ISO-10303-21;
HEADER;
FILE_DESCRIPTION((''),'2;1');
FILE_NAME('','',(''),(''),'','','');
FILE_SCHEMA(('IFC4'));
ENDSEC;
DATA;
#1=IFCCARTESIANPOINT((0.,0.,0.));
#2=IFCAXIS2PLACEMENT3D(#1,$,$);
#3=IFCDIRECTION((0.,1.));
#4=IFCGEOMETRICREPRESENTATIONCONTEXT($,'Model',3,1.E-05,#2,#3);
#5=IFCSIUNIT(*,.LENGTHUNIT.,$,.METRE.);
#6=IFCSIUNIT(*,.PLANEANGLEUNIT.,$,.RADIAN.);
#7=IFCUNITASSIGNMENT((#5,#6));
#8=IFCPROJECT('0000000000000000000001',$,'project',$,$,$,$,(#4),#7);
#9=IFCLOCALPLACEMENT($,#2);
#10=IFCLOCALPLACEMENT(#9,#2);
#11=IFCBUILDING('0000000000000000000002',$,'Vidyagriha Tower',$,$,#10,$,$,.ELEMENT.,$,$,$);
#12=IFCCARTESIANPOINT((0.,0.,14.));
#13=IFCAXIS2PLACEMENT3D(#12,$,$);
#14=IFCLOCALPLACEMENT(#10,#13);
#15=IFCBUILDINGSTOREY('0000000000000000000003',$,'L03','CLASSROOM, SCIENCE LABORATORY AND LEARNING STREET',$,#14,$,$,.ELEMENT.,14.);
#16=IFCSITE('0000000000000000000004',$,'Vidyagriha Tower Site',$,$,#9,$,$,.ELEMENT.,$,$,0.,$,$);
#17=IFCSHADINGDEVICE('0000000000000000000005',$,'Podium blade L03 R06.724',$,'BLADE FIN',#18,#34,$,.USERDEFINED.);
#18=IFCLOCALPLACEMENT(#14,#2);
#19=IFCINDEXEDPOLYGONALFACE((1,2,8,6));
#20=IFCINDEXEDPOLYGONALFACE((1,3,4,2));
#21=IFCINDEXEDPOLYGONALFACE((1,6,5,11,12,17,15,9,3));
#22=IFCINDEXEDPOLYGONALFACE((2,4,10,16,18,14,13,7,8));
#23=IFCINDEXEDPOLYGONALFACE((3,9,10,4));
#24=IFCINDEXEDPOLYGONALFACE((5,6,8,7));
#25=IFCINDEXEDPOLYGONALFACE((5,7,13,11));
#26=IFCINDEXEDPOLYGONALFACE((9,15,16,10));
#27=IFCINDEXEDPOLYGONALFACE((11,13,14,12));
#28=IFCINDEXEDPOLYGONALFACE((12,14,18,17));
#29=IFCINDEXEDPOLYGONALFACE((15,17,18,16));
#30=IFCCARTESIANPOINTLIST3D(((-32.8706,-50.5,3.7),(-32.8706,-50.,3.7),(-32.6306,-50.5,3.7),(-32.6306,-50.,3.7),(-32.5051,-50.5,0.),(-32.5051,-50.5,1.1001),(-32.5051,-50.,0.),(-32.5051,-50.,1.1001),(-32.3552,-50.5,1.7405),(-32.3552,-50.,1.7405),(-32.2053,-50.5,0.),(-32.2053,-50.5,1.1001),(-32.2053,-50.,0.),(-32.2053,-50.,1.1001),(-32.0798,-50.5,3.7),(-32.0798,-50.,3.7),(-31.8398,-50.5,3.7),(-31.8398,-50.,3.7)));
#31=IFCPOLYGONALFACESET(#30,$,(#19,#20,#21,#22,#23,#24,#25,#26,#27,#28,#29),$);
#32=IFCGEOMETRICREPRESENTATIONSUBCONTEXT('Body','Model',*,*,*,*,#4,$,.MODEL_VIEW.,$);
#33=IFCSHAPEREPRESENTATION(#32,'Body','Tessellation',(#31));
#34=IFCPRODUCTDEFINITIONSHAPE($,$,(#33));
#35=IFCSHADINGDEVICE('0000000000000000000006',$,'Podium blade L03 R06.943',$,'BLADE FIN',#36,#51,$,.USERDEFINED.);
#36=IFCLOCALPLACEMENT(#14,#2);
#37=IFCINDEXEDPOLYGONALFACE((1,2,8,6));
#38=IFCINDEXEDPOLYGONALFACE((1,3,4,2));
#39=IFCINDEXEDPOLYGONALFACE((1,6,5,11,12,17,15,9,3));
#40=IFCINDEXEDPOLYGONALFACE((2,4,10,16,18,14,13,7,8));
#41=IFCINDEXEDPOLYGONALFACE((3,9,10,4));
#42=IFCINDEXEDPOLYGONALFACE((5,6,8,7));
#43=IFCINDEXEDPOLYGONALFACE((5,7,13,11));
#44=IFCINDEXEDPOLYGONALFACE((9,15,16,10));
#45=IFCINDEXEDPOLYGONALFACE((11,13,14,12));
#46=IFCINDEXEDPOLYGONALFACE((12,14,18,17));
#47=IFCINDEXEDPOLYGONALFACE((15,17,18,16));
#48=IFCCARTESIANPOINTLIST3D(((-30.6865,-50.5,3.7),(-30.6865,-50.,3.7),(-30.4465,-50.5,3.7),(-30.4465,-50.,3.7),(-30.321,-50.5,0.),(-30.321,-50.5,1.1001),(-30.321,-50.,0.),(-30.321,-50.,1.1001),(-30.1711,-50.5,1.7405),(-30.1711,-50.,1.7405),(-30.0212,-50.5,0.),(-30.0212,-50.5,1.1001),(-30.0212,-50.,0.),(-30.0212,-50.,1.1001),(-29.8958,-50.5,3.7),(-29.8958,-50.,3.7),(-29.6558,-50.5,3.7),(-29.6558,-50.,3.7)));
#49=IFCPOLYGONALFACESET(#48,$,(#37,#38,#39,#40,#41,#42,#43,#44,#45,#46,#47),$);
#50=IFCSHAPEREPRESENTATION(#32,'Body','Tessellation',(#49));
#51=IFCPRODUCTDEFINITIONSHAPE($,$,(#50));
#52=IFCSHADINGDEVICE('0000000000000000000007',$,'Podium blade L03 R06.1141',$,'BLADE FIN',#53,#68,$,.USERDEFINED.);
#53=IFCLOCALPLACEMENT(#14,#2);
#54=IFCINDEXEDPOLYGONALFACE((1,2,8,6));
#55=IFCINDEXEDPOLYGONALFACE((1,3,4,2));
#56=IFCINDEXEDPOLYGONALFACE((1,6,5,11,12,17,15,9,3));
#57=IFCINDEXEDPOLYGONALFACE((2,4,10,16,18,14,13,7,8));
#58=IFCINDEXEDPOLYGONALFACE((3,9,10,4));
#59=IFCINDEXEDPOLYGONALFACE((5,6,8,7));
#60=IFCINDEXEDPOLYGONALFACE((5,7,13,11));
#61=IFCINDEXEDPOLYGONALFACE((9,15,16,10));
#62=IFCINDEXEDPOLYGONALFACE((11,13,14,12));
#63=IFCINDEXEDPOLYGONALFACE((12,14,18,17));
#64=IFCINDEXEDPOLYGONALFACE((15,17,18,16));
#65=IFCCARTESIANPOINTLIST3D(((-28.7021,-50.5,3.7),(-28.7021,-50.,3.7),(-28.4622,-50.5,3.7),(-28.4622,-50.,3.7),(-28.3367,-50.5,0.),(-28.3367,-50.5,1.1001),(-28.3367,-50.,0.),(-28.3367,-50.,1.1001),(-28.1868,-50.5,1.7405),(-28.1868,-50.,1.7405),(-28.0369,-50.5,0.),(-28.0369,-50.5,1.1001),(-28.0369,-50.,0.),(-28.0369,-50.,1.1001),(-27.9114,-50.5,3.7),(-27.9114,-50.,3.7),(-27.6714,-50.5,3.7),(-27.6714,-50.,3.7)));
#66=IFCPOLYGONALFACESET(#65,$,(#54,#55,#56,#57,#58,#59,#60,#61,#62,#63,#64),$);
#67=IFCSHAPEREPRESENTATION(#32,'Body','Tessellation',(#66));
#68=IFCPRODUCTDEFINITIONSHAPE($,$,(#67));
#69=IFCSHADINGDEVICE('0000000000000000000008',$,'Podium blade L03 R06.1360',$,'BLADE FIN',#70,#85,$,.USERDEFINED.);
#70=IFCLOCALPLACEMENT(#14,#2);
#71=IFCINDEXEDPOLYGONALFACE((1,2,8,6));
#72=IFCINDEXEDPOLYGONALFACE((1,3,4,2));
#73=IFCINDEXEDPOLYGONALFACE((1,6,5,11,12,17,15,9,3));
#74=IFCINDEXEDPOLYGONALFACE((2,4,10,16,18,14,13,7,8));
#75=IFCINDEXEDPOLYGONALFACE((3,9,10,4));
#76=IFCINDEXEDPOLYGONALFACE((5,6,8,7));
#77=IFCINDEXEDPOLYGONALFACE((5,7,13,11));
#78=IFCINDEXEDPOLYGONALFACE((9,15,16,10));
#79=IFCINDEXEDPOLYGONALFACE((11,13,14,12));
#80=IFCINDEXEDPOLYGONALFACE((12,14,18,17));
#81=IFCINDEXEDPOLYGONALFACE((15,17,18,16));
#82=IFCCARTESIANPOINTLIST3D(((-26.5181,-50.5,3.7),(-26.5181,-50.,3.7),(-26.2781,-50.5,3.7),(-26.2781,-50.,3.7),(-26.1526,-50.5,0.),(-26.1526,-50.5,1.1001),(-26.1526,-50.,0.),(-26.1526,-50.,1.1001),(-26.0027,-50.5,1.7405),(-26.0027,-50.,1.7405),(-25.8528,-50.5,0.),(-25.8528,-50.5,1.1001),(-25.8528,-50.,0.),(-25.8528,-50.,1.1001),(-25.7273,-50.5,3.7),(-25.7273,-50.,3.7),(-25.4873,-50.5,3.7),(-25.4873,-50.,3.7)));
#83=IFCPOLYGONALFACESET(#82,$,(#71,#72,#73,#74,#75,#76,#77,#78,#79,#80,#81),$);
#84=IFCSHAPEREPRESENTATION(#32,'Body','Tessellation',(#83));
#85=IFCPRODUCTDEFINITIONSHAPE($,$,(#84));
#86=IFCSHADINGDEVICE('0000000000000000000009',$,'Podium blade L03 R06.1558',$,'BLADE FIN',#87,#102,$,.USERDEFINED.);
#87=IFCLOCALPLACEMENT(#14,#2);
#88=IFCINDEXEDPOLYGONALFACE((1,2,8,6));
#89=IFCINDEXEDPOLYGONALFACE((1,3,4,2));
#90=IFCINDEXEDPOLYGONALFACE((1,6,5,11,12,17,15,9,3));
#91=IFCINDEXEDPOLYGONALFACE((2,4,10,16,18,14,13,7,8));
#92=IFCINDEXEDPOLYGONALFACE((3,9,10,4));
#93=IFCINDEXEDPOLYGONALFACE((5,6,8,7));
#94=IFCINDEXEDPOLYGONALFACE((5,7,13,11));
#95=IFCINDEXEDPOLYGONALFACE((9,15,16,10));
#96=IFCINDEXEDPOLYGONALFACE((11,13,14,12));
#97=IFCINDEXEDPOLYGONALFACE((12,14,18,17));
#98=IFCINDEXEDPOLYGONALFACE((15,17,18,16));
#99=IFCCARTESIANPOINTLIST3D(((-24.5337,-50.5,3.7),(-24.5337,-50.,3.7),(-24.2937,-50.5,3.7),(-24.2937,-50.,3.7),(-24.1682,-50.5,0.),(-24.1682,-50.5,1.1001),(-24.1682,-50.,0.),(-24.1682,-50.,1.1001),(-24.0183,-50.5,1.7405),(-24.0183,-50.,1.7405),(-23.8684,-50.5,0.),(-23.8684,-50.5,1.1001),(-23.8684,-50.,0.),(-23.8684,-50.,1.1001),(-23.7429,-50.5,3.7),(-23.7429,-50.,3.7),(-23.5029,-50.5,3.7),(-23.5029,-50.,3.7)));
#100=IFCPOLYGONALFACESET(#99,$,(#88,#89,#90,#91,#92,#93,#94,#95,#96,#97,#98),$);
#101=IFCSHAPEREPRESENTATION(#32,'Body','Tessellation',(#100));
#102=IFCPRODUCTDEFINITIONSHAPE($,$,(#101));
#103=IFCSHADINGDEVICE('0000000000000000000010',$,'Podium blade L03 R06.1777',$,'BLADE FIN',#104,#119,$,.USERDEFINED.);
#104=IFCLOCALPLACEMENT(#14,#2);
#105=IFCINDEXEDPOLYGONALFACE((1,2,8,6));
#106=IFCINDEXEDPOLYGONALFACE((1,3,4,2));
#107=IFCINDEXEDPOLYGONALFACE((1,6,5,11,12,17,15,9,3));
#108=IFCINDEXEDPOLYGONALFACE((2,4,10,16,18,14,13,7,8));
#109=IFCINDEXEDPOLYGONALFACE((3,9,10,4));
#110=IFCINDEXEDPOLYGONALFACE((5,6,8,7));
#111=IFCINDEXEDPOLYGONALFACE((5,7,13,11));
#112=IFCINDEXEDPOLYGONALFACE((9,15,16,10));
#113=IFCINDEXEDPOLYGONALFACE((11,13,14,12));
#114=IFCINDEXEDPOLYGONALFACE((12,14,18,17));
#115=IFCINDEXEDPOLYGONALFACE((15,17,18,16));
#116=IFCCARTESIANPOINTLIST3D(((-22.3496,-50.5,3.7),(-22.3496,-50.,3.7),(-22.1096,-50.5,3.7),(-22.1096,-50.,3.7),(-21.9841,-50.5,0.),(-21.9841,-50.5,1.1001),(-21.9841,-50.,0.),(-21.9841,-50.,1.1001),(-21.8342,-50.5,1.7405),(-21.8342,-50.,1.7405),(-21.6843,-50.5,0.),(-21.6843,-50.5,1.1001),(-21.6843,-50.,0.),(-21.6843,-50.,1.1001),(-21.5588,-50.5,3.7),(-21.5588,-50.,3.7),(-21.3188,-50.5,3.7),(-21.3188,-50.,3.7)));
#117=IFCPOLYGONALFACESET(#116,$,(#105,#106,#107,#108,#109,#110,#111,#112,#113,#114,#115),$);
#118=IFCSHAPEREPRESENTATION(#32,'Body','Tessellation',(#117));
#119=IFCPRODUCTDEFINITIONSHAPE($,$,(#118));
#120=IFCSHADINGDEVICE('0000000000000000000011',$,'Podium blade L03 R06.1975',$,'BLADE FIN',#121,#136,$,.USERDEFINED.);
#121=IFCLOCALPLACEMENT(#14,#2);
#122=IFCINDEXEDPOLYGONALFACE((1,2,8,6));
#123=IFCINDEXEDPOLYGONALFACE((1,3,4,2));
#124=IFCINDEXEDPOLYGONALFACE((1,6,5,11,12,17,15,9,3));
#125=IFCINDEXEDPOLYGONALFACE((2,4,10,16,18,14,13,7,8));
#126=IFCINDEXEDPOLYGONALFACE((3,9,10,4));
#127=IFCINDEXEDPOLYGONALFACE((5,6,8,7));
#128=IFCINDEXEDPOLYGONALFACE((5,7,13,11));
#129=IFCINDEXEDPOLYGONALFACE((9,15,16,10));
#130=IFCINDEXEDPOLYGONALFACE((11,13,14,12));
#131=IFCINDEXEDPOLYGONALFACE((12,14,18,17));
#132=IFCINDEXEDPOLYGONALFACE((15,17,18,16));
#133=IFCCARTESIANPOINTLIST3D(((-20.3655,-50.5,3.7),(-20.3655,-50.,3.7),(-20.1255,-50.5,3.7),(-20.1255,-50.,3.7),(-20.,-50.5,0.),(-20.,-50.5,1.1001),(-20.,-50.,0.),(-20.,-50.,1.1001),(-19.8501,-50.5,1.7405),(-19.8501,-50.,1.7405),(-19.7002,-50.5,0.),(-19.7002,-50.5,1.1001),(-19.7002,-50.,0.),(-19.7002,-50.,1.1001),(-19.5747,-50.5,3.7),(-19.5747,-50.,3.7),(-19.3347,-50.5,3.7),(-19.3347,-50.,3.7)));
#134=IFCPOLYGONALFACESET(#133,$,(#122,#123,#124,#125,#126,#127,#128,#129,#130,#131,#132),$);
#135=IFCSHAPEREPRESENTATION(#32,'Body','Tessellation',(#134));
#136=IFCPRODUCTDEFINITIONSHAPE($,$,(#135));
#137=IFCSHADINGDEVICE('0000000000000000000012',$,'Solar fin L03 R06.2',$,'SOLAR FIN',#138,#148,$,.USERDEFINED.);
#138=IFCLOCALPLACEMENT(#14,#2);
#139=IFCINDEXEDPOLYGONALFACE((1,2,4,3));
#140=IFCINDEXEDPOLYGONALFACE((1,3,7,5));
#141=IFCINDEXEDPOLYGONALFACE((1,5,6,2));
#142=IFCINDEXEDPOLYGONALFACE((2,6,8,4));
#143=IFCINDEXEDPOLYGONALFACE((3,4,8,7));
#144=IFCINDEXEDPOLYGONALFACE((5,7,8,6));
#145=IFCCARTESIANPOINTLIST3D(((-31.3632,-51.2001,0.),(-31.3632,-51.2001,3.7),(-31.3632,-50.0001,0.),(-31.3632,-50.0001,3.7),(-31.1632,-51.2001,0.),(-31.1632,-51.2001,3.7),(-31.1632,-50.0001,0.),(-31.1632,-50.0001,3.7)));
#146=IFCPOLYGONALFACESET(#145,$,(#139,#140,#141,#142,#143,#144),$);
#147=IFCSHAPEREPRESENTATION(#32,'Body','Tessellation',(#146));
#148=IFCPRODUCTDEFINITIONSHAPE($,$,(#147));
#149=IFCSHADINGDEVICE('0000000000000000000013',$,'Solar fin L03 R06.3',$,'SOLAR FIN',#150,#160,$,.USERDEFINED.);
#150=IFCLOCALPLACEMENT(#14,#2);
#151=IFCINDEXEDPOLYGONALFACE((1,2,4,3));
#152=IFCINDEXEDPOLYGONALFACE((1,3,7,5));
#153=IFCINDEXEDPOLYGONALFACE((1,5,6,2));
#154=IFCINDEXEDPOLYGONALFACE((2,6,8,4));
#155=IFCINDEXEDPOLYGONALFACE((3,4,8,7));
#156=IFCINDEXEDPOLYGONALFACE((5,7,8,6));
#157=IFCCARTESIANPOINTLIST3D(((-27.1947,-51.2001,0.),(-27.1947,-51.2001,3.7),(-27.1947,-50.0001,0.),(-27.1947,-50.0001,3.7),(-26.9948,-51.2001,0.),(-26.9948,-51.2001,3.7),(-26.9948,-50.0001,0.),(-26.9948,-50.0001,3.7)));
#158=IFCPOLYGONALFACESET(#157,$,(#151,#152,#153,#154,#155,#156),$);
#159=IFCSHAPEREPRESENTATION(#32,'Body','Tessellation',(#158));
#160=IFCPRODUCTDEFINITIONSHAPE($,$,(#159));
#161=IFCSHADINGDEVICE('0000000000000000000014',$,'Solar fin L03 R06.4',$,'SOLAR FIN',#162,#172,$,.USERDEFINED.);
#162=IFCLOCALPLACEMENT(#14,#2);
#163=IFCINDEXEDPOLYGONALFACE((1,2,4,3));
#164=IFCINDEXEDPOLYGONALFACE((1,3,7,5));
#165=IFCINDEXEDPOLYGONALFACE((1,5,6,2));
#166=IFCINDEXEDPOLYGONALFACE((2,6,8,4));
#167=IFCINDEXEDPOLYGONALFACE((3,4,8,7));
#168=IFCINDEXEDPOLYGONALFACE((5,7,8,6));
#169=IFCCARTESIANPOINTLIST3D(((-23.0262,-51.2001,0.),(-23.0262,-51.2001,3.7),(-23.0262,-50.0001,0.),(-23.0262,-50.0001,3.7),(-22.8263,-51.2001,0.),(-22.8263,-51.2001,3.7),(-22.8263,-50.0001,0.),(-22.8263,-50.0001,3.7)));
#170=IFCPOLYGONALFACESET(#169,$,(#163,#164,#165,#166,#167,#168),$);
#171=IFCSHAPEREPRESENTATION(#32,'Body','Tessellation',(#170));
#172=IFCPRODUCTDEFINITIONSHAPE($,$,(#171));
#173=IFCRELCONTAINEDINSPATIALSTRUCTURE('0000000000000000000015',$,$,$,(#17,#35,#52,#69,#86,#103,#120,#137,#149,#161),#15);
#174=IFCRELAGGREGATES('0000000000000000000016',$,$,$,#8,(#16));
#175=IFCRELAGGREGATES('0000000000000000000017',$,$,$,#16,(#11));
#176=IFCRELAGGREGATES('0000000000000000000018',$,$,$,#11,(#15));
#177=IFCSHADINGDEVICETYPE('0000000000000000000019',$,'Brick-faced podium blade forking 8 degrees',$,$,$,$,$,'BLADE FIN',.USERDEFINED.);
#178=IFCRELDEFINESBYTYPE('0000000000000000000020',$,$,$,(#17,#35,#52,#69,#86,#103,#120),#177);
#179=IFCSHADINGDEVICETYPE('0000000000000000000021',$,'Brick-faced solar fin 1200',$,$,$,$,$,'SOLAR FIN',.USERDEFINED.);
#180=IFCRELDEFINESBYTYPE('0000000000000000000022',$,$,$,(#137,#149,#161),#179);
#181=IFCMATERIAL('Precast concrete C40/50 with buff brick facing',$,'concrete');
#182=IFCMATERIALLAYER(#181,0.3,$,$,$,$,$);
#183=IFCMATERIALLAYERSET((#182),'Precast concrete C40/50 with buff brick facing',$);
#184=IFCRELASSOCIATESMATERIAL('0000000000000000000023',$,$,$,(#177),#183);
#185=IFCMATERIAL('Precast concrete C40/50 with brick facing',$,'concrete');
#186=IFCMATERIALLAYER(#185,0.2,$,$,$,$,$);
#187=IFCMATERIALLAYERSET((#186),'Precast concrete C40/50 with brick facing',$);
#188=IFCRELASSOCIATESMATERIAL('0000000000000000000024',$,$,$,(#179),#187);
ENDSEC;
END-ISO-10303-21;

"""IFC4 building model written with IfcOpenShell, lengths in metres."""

from ifc_helpers import new_model, si_unit, direction, frame, frame_2d, origin, place, context, subcontext, project, spatial, polyline, rectangle, outline, extrude, material, layer, layer_set, type_object, element, save


model = new_model("IFC4")

# Units and contexts
model_context = context("Model", 3, precision=1e-05, world=origin(), true_north=direction((0.0, 1.0)))
body_context = subcontext(model_context, "Body", "Model", "MODEL_VIEW")
ifc_project = project(units=[si_unit("LENGTHUNIT", "METRE"), si_unit("PLANEANGLEUNIT", "RADIAN")], contexts=[model_context])

# Site, building, storey
site_placement = place(None, origin())
site = spatial("IfcSite", under=ifc_project, at=site_placement, Name="Vidyagriha Tower Site", CompositionType="ELEMENT", RefElevation=0.0)
building_placement = place(site_placement, origin())
building = spatial("IfcBuilding", under=site, at=building_placement, Name="Vidyagriha Tower", CompositionType="ELEMENT")
storey_placement = place(building_placement, frame((0.0, 0.0, 14.0)))
storey = spatial("IfcBuildingStorey", under=building, at=storey_placement, Name="L03", Description="CLASSROOM, SCIENCE LABORATORY AND LEARNING STREET", CompositionType="ELEMENT", Elevation=14.0)

# Shading devices
ifc_material_1 = material(Name="Precast concrete C40/50 with buff brick facing", Category="concrete")
ifc_layer_1 = layer(ifc_material_1, 0.3)
ifc_layer_set_1 = layer_set([ifc_layer_1], Name="Precast concrete C40/50 with buff brick facing")
shading_device_type_1 = type_object("IfcShadingDeviceType", Name="Brick-faced podium blade forking 8 degrees", ElementType="BLADE FIN", PredefinedType="USERDEFINED", material=ifc_layer_set_1)
for number, where, name in (
    (1, (-32.8706, -50.25, 0.0), "Podium blade L03 R06.724"),
    (2, (-30.6865, -50.25, 0.0), "Podium blade L03 R06.943"),
    (3, (-28.7021, -50.25, 0.0), "Podium blade L03 R06.1141"),
    (4, (-26.5181, -50.25, 0.0), "Podium blade L03 R06.1360"),
    (5, (-24.5337, -50.25, 0.0), "Podium blade L03 R06.1558"),
    (6, (-22.3496, -50.25, 0.0), "Podium blade L03 R06.1777"),
    (7, (-20.3655, -50.25, 0.0), "Podium blade L03 R06.1975"),
):
    element("IfcShadingDevice", number, at=place(storey_placement, frame(where)), inside=storey, type_object=shading_device_type_1, Name=name, ObjectType="BLADE FIN", PredefinedType="USERDEFINED", context=body_context, shape_type="SweptSolid", body=[
        extrude(outline(polyline([(0.6653, 0.0), (0.6653, 1.1001), (1.0308, 3.7), (0.7908, 3.7), (0.5154, 1.7405), (0.24, 3.7), (0.0, 3.7), (0.3655, 1.1001), (0.3655, 0.0), (0.6653, 0.0)])), frame((0.0, 0.25, 0.0), z_axis=(0.0, -1.0, 0.0), x_axis=(1.0, 0.0, 0.0)), (0.0, 0.0, 1.0), 0.5),
    ])
ifc_material_2 = material(Name="Precast concrete C40/50 with brick facing", Category="concrete")
ifc_layer_2 = layer(ifc_material_2, 0.2)
ifc_layer_set_2 = layer_set([ifc_layer_2], Name="Precast concrete C40/50 with brick facing")
shading_device_type_2 = type_object("IfcShadingDeviceType", Name="Brick-faced solar fin 1200", ElementType="SOLAR FIN", PredefinedType="USERDEFINED", material=ifc_layer_set_2)
for number, where, z_axis, x_axis, name in (
    (8, (-31.2632, -50.0, 0.0), (0.0, 0.0, 1.0), (0.0, -1.0, 0.0), "Solar fin L03 R06.2"),
    (9, (-27.0947, -50.0, 0.0), (0.0, 0.0, 1.0), (0.0, -1.0, 0.0), "Solar fin L03 R06.3"),
    (10, (-22.9263, -50.0, 0.0), (0.0, 0.0, 1.0), (0.0, -1.0, 0.0), "Solar fin L03 R06.4"),
):
    element("IfcShadingDevice", number, at=place(storey_placement, frame(where, z_axis=z_axis, x_axis=x_axis)), inside=storey, type_object=shading_device_type_2, Name=name, ObjectType="SOLAR FIN", PredefinedType="USERDEFINED", context=body_context, shape_type="SweptSolid", body=[
        extrude(rectangle(XDim=1.2, YDim=0.2, at=frame_2d((0.6001, 0.0))), origin(), (0.0, 0.0, 1.0), 3.7),
    ])

save(model, "model.ifc")
